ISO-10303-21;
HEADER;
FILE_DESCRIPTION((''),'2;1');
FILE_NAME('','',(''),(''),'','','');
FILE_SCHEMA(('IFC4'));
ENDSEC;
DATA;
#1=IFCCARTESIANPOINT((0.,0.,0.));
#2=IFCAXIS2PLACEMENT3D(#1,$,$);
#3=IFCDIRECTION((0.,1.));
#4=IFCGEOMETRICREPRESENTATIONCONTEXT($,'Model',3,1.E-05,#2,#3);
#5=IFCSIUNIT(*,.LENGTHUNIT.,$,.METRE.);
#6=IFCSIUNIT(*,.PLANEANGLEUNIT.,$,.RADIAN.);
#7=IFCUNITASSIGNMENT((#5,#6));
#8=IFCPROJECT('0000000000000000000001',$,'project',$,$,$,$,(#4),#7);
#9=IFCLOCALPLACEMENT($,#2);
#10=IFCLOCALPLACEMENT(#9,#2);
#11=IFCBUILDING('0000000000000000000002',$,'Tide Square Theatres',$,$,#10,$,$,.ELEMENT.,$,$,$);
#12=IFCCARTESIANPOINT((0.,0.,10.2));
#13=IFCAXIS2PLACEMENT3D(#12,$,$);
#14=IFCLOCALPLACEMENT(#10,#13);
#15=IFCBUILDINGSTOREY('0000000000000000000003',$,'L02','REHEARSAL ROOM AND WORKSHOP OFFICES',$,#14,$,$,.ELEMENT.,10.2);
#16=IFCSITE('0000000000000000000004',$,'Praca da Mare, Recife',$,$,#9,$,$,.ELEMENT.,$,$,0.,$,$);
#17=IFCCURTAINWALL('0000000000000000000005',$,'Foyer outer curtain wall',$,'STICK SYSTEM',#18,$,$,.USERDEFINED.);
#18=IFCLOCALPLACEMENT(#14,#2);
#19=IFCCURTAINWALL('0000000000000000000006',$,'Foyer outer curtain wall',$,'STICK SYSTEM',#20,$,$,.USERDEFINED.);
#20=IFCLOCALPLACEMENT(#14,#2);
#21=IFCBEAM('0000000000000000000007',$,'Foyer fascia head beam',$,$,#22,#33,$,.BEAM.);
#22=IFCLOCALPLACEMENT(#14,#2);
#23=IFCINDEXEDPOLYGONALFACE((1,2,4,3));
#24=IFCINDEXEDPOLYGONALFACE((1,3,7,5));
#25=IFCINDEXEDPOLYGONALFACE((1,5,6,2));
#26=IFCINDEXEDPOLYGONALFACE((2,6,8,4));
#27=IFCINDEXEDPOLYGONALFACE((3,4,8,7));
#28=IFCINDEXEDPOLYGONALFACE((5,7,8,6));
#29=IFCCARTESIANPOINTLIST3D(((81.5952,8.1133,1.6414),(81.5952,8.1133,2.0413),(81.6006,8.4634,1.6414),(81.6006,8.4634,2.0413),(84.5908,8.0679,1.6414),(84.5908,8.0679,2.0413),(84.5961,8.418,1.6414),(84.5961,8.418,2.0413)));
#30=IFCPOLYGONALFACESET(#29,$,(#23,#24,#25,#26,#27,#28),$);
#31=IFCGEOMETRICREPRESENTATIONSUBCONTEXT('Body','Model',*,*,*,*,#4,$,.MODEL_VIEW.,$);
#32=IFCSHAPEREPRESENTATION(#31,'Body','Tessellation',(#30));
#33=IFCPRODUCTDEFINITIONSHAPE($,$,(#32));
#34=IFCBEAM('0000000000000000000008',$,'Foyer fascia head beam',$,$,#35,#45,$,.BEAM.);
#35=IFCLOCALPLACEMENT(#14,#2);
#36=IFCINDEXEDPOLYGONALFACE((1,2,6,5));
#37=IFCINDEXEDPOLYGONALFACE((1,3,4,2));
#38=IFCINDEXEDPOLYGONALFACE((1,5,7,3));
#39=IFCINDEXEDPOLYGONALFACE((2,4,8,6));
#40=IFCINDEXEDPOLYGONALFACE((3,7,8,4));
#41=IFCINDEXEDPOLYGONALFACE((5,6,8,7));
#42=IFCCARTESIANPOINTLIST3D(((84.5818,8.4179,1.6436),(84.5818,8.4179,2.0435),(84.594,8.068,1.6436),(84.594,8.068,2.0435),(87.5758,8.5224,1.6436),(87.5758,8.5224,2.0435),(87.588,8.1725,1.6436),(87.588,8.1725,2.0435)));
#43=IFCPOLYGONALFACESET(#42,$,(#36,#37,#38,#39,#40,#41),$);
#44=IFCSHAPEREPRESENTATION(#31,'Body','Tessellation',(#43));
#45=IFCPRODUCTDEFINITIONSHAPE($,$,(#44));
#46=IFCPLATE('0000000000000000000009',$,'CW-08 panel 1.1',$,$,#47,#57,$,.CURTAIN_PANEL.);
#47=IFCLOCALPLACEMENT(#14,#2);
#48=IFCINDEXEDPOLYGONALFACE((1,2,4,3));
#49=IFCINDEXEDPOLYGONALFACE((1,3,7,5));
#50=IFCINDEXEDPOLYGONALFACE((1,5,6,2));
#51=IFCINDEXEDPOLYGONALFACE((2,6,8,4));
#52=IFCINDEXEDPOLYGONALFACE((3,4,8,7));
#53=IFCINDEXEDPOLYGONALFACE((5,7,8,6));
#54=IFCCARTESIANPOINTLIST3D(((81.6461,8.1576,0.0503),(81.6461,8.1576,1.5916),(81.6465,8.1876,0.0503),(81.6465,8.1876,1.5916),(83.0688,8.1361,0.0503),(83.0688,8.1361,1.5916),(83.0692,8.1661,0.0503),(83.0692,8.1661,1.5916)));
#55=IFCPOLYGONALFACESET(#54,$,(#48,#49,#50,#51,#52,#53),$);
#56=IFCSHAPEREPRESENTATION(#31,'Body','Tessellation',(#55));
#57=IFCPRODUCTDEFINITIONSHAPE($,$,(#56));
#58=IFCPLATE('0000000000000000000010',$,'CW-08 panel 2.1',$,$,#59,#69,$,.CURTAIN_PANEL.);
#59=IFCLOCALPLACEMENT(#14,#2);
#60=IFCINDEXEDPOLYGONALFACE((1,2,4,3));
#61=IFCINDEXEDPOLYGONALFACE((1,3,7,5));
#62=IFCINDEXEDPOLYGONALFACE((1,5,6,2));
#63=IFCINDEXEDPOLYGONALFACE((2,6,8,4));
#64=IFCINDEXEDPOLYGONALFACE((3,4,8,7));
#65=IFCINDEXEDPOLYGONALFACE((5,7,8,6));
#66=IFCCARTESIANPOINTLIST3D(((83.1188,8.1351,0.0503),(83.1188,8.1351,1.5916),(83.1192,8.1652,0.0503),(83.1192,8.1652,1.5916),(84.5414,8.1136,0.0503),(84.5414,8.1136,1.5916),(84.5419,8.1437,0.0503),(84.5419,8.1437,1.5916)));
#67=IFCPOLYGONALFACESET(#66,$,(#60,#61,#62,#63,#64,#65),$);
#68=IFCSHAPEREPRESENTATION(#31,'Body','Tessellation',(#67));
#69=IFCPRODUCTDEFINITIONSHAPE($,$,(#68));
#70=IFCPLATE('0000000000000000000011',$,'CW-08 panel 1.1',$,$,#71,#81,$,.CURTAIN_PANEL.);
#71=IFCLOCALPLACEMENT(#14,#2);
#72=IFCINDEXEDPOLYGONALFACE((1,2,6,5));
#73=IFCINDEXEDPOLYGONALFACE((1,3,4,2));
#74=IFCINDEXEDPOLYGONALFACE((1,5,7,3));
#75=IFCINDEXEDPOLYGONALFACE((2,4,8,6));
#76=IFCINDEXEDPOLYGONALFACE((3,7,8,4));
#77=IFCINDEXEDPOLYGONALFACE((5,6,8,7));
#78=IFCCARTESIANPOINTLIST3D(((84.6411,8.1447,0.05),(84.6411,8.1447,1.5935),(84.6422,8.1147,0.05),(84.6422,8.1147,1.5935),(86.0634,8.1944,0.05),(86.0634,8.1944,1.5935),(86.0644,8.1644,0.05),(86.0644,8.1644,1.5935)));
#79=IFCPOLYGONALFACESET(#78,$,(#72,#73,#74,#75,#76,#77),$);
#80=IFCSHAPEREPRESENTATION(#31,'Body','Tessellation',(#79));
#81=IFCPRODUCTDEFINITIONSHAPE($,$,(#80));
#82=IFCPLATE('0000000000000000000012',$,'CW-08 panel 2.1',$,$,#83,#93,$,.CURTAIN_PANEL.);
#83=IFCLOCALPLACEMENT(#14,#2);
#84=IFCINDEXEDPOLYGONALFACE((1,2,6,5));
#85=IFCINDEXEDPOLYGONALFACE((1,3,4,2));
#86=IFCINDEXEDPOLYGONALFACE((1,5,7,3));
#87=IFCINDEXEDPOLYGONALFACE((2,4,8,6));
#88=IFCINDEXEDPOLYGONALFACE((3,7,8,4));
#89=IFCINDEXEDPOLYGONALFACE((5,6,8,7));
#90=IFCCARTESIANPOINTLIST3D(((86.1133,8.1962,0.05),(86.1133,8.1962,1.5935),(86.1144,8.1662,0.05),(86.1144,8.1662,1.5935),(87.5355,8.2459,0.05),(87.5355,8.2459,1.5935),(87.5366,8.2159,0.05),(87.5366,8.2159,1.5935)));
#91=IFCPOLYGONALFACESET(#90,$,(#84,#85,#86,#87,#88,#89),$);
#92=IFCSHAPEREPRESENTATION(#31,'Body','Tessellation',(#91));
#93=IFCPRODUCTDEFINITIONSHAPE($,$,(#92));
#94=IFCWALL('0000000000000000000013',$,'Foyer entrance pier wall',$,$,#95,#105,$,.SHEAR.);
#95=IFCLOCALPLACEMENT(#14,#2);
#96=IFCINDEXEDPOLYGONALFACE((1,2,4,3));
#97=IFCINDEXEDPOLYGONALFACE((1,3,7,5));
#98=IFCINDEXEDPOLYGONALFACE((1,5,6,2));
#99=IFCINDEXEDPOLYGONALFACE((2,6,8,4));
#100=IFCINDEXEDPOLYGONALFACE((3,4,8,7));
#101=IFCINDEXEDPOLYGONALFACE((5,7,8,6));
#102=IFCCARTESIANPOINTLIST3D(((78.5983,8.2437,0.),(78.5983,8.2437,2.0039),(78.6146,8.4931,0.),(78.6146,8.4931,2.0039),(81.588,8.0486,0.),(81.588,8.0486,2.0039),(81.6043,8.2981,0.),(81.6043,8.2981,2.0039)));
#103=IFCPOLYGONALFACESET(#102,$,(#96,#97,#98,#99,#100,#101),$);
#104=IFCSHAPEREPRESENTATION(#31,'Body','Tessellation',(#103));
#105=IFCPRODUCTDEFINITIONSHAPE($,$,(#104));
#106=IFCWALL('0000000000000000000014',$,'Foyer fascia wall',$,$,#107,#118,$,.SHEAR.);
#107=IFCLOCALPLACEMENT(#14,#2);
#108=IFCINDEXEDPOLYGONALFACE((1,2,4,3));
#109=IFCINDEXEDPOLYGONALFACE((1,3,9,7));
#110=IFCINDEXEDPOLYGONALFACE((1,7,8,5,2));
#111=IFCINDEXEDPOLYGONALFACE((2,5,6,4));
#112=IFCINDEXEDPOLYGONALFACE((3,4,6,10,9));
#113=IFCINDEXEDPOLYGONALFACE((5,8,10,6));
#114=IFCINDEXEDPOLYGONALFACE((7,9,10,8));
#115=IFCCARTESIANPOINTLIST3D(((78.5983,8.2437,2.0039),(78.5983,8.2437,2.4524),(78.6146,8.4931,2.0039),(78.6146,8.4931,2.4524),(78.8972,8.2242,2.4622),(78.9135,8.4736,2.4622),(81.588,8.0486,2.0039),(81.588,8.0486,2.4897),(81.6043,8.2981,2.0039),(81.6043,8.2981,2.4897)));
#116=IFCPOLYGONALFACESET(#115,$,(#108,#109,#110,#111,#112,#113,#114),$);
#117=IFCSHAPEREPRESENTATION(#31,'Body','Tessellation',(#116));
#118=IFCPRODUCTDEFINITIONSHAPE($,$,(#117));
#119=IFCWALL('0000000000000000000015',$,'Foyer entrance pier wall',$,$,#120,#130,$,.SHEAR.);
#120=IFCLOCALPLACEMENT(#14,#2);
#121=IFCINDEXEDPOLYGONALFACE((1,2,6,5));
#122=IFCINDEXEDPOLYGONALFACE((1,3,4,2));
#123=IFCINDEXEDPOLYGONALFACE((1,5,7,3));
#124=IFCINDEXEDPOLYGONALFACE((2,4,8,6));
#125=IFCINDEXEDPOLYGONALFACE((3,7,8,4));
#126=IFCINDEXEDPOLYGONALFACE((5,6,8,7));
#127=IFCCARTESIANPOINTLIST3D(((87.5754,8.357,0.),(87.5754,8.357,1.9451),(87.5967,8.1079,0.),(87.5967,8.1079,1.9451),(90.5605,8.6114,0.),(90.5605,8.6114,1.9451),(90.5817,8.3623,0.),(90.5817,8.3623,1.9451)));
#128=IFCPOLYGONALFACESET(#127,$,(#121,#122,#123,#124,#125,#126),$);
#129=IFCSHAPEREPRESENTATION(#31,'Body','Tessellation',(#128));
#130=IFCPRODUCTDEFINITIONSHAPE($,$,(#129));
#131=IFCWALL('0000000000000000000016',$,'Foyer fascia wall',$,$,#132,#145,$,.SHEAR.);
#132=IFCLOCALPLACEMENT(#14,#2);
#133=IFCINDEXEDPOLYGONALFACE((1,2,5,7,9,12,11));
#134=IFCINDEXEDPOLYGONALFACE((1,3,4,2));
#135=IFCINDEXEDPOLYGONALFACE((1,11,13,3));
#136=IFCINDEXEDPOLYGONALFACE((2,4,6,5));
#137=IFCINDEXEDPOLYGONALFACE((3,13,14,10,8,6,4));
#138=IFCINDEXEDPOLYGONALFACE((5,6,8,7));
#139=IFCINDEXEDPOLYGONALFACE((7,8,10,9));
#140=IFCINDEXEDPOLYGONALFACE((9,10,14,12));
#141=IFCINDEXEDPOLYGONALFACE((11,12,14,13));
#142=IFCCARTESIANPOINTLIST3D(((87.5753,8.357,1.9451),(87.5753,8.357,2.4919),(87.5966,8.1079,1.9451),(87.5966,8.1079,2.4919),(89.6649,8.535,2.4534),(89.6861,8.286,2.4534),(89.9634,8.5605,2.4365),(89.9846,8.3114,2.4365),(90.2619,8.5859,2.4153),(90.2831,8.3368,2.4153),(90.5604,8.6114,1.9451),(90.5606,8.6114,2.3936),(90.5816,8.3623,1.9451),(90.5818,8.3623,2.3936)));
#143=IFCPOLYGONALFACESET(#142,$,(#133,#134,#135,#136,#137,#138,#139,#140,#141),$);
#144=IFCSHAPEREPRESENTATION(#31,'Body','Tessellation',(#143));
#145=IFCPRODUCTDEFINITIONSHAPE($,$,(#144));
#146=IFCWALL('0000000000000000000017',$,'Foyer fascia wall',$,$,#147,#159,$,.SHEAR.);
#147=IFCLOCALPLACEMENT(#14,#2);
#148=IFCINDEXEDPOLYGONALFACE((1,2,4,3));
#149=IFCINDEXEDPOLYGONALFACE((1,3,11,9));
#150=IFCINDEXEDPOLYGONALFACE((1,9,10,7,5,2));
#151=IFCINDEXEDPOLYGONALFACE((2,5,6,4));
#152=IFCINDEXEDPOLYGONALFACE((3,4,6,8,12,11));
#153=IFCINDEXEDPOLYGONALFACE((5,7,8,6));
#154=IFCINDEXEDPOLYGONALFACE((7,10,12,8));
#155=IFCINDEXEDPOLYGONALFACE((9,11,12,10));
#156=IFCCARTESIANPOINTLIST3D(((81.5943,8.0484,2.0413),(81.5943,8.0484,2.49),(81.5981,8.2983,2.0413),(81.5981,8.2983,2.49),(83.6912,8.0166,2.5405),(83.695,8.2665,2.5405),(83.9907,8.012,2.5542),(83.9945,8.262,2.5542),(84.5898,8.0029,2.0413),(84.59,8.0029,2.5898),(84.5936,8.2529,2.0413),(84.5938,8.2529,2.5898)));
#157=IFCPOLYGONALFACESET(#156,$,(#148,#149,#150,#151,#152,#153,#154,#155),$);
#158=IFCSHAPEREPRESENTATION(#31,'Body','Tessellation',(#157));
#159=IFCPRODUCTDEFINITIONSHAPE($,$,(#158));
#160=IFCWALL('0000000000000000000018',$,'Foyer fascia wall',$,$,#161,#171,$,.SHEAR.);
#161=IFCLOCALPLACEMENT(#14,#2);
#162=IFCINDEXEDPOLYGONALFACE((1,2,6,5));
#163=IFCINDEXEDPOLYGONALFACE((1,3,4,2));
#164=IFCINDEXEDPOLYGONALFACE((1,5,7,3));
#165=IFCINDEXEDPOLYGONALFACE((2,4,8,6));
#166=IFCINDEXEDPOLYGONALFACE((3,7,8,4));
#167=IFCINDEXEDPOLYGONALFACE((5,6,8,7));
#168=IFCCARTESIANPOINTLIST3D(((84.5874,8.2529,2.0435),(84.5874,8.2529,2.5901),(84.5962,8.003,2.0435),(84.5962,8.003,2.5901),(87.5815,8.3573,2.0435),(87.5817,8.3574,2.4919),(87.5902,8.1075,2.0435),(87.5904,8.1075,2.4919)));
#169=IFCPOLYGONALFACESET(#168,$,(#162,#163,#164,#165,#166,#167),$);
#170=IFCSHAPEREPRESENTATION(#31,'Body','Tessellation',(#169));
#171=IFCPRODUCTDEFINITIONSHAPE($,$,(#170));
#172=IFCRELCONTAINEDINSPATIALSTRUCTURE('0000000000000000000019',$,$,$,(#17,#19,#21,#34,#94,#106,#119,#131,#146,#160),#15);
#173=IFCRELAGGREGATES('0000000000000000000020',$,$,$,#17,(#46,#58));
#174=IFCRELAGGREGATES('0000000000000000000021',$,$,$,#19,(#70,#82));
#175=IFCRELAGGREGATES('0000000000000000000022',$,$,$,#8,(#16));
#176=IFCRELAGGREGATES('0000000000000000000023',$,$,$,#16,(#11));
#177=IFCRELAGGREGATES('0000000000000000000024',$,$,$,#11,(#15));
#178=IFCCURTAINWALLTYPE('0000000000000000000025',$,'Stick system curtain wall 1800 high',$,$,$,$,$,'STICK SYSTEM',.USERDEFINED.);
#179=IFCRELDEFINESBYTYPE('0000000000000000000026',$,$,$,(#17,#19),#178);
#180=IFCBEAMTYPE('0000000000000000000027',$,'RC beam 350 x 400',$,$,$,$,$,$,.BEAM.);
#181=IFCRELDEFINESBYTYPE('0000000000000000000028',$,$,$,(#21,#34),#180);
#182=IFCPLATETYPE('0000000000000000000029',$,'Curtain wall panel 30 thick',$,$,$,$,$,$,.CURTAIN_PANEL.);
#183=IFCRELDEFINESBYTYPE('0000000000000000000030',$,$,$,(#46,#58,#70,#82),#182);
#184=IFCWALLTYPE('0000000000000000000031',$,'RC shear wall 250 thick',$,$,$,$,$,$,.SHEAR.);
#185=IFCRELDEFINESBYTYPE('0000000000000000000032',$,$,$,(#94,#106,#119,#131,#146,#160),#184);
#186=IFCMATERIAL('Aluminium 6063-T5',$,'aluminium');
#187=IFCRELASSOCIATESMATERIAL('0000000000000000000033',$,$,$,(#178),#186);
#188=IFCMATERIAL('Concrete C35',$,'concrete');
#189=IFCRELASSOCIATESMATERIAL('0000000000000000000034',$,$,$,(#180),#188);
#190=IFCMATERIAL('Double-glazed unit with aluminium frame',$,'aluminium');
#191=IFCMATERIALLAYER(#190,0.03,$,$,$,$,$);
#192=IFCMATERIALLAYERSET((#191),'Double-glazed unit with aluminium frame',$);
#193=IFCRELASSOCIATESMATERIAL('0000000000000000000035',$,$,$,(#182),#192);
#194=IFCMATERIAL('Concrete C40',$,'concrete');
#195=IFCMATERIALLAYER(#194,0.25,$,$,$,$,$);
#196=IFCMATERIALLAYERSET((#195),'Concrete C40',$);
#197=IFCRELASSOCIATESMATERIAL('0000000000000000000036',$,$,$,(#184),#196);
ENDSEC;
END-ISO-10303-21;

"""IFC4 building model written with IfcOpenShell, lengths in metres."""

from ifc_helpers import new_model, si_unit, direction, frame, frame_2d, origin, origin_2d, place, context, subcontext, project, spatial, polyline, rectangle, outline, extrude, material, layer, layer_set, material_profile, profile_set, type_object, element, aggregate, save


model = new_model("IFC4")

# Units and contexts
model_context = context("Model", 3, precision=1e-05, world=origin(), true_north=direction((0.0, 1.0)))
body_context = subcontext(model_context, "Body", "Model", "MODEL_VIEW")
ifc_project = project(units=[si_unit("LENGTHUNIT", "METRE"), si_unit("PLANEANGLEUNIT", "RADIAN")], contexts=[model_context])

# Site, building, storey
site_placement = place(None, origin())
site = spatial("IfcSite", under=ifc_project, at=site_placement, Name="Praca da Mare, Recife", CompositionType="ELEMENT", RefElevation=0.0)
building_placement = place(site_placement, origin())
building = spatial("IfcBuilding", under=site, at=building_placement, Name="Tide Square Theatres", CompositionType="ELEMENT")
storey_placement = place(building_placement, frame((0.0, 0.0, 10.2)))
storey = spatial("IfcBuildingStorey", under=building, at=storey_placement, Name="L02", Description="REHEARSAL ROOM AND WORKSHOP OFFICES", CompositionType="ELEMENT", Elevation=10.2)

# Curtain walls
ifc_material_1 = material(Name="Aluminium 6063-T5", Category="aluminium")
curtain_wall_type_1 = type_object("IfcCurtainWallType", Name="Stick system curtain wall 1800 high", ElementType="STICK SYSTEM", PredefinedType="USERDEFINED", material=ifc_material_1)
curtain_wall_1_placement = place(storey_placement, origin())
curtain_wall_1 = element("IfcCurtainWall", 1, at=curtain_wall_1_placement, inside=storey, type_object=curtain_wall_type_1, Name="Foyer outer curtain wall", ObjectType="STICK SYSTEM", PredefinedType="USERDEFINED")
curtain_wall_2_placement = place(storey_placement, origin())
curtain_wall_2 = element("IfcCurtainWall", 2, at=curtain_wall_2_placement, inside=storey, type_object=curtain_wall_type_1, Name="Foyer outer curtain wall", ObjectType="STICK SYSTEM", PredefinedType="USERDEFINED")

# Beams
ifc_material_2 = material(Name="Concrete C35", Category="concrete")
ifc_material_profile_1 = material_profile(ifc_material_2, rectangle(XDim=0.3501, YDim=0.3999, at=origin_2d()))
ifc_profile_set_1 = profile_set([ifc_material_profile_1], Name="Concrete C35")
beam_type = type_object("IfcBeamType", Name="RC beam 350 x 400", PredefinedType="BEAM", material=ifc_profile_set_1)
for number, where, z_axis, x_axis, name in (
    (3, (81.5979, 8.2883, 1.8413), (0.999885, -0.015157, 0.0), (0.015157, 0.999885, 0.0), "Foyer fascia head beam"),
    (4, (84.5879, 8.2429, 1.8435), (0.999392, 0.034878, 0.0), (-0.034878, 0.999392, 0.0), "Foyer fascia head beam"),
):
    element("IfcBeam", number, at=place(storey_placement, frame(where, z_axis=z_axis, x_axis=x_axis)), inside=storey, type_object=beam_type, Name=name, PredefinedType="BEAM", context=body_context, shape_type="SweptSolid", body=[
        extrude(rectangle(XDim=0.3501, YDim=0.3999, at=origin_2d()), origin(), (0.0, 0.0, 1.0), 2.9958),
    ])

# Plates
ifc_material_3 = material(Name="Double-glazed unit with aluminium frame", Category="aluminium")
ifc_layer_1 = layer(ifc_material_3, 0.03)
ifc_layer_set_1 = layer_set([ifc_layer_1], Name="Double-glazed unit with aluminium frame")
plate_type = type_object("IfcPlateType", Name="Curtain wall panel 30 thick", PredefinedType="CURTAIN_PANEL", material=ifc_layer_set_1)
plate_1_placement = place(storey_placement, frame((82.3577, 8.1619, 0.0503), z_axis=(0.0, 0.0, 1.0), x_axis=(0.999886, -0.01512, 0.0)))
plate_1 = element("IfcPlate", 5, at=plate_1_placement, type_object=plate_type, Name="CW-08 panel 1.1", PredefinedType="CURTAIN_PANEL", context=body_context, shape_type="SweptSolid", body=[
    extrude(rectangle(XDim=1.4229, YDim=0.03, at=origin_2d()), origin(), (0.0, 0.0, 1.0), 1.5413),
])
plate_2_placement = place(storey_placement, frame((83.8303, 8.1394, 0.0503), z_axis=(0.0, 0.0, 1.0), x_axis=(0.999886, -0.01512, 0.0)))
plate_2 = element("IfcPlate", 6, at=plate_2_placement, type_object=plate_type, Name="CW-08 panel 2.1", PredefinedType="CURTAIN_PANEL", context=body_context, shape_type="SweptSolid", body=[
    extrude(rectangle(XDim=1.4229, YDim=0.03, at=origin_2d()), origin(), (0.0, 0.0, 1.0), 1.5413),
])
aggregate(curtain_wall_1, [plate_1, plate_2])
plate_3_placement = place(storey_placement, frame((85.3528, 8.1545, 0.05), z_axis=(0.0, 0.0, 1.0), x_axis=(0.999392, 0.03488, 0.0)))
plate_3 = element("IfcPlate", 7, at=plate_3_placement, type_object=plate_type, Name="CW-08 panel 1.1", PredefinedType="CURTAIN_PANEL", context=body_context, shape_type="SweptSolid", body=[
    extrude(rectangle(XDim=1.4231, YDim=0.03, at=origin_2d()), origin(), (0.0, 0.0, 1.0), 1.5435),
])
plate_4_placement = place(storey_placement, frame((86.825, 8.2061, 0.05), z_axis=(0.0, 0.0, 1.0), x_axis=(0.999392, 0.03488, 0.0)))
plate_4 = element("IfcPlate", 8, at=plate_4_placement, type_object=plate_type, Name="CW-08 panel 2.1", PredefinedType="CURTAIN_PANEL", context=body_context, shape_type="SweptSolid", body=[
    extrude(rectangle(XDim=1.4231, YDim=0.03, at=origin_2d()), origin(), (0.0, 0.0, 1.0), 1.5435),
])
aggregate(curtain_wall_2, [plate_3, plate_4])

# Walls
ifc_material_4 = material(Name="Concrete C40", Category="concrete")
ifc_layer_2 = layer(ifc_material_4, 0.25)
ifc_layer_set_2 = layer_set([ifc_layer_2], Name="Concrete C40")
wall_type = type_object("IfcWallType", Name="RC shear wall 250 thick", PredefinedType="SHEAR", material=ifc_layer_set_2)
wall_1_placement = place(storey_placement, frame((78.6064, 8.3684, 0.0), z_axis=(0.0, 0.0, 1.0), x_axis=(0.997878, -0.065107, 0.0)))
element("IfcWall", 9, at=wall_1_placement, inside=storey, type_object=wall_type, Name="Foyer entrance pier wall", PredefinedType="SHEAR", context=body_context, shape_type="SweptSolid", body=[
    extrude(rectangle(XDim=2.9961, YDim=0.25, at=frame_2d((1.498, 0.0))), origin(), (0.0, 0.0, 1.0), 2.0039),
])
wall_2_placement = place(storey_placement, frame((78.6064, 8.3684, 2.0039), z_axis=(0.0, 0.0, 1.0), x_axis=(0.997878, -0.065107, 0.0)))
element("IfcWall", 10, at=wall_2_placement, inside=storey, type_object=wall_type, Name="Foyer fascia wall", PredefinedType="SHEAR", context=body_context, shape_type="SweptSolid", body=[
    extrude(outline(polyline([(0.0, 0.0), (2.9961, 0.0), (2.9961, 0.4858), (0.2996, 0.4583), (0.0, 0.4485), (0.0, 0.0)])), frame((0.0, 0.125, 0.0), z_axis=(0.0, -1.0, 0.0), x_axis=(1.0, 0.0, 0.0)), (0.0, 0.0, 1.0), 0.25),
])
wall_3_placement = place(storey_placement, frame((87.5859, 8.2324, 0.0), z_axis=(0.0, 0.0, 1.0), x_axis=(0.996388, 0.084913, 0.0)))
element("IfcWall", 11, at=wall_3_placement, inside=storey, type_object=wall_type, Name="Foyer entrance pier wall", PredefinedType="SHEAR", context=body_context, shape_type="SweptSolid", body=[
    extrude(rectangle(XDim=2.9958, YDim=0.25, at=frame_2d((1.498, 0.0))), origin(), (0.0, 0.0, 1.0), 1.9451),
])
wall_4_placement = place(storey_placement, frame((87.5859, 8.2324, 1.9451), z_axis=(0.0, 0.0, 1.0), x_axis=(0.996388, 0.084913, 0.0)))
element("IfcWall", 12, at=wall_4_placement, inside=storey, type_object=wall_type, Name="Foyer fascia wall", PredefinedType="SHEAR", context=body_context, shape_type="SweptSolid", body=[
    extrude(outline(polyline([(0.0, 0.0), (2.9958, 0.0), (2.9961, 0.4485), (2.6963, 0.4702), (2.3967, 0.4915), (2.0972, 0.5083), (0.0, 0.5469), (0.0, 0.0)])), frame((0.0, 0.125, 0.0), z_axis=(0.0, -1.0, 0.0), x_axis=(1.0, 0.0, 0.0)), (0.0, 0.0, 1.0), 0.25),
])
wall_5_placement = place(storey_placement, frame((81.5962, 8.1733, 2.0413), z_axis=(0.0, 0.0, 1.0), x_axis=(0.999885, -0.015157, 0.0)))
element("IfcWall", 13, at=wall_5_placement, inside=storey, type_object=wall_type, Name="Foyer fascia wall", PredefinedType="SHEAR", context=body_context, shape_type="SweptSolid", body=[
    extrude(outline(polyline([(0.0, 0.0), (2.9958, 0.0), (2.9961, 0.5486), (2.3967, 0.5129), (2.0972, 0.4993), (0.0, 0.4487), (0.0, 0.0)])), frame((0.0, 0.125, 0.0), z_axis=(0.0, -1.0, 0.0), x_axis=(1.0, 0.0, 0.0)), (0.0, 0.0, 1.0), 0.25),
])
wall_6_placement = place(storey_placement, frame((84.5918, 8.1279, 2.0435), z_axis=(0.0, 0.0, 1.0), x_axis=(0.999392, 0.034878, 0.0)))
element("IfcWall", 14, at=wall_6_placement, inside=storey, type_object=wall_type, Name="Foyer fascia wall", PredefinedType="SHEAR", context=body_context, shape_type="SweptSolid", body=[
    extrude(outline(polyline([(0.0, 0.0), (2.9958, 0.0), (2.9961, 0.4485), (0.0, 0.5466), (0.0, 0.0)])), frame((0.0, 0.125, 0.0), z_axis=(0.0, -1.0, 0.0), x_axis=(1.0, 0.0, 0.0)), (0.0, 0.0, 1.0), 0.25),
])

save(model, "model.ifc")
